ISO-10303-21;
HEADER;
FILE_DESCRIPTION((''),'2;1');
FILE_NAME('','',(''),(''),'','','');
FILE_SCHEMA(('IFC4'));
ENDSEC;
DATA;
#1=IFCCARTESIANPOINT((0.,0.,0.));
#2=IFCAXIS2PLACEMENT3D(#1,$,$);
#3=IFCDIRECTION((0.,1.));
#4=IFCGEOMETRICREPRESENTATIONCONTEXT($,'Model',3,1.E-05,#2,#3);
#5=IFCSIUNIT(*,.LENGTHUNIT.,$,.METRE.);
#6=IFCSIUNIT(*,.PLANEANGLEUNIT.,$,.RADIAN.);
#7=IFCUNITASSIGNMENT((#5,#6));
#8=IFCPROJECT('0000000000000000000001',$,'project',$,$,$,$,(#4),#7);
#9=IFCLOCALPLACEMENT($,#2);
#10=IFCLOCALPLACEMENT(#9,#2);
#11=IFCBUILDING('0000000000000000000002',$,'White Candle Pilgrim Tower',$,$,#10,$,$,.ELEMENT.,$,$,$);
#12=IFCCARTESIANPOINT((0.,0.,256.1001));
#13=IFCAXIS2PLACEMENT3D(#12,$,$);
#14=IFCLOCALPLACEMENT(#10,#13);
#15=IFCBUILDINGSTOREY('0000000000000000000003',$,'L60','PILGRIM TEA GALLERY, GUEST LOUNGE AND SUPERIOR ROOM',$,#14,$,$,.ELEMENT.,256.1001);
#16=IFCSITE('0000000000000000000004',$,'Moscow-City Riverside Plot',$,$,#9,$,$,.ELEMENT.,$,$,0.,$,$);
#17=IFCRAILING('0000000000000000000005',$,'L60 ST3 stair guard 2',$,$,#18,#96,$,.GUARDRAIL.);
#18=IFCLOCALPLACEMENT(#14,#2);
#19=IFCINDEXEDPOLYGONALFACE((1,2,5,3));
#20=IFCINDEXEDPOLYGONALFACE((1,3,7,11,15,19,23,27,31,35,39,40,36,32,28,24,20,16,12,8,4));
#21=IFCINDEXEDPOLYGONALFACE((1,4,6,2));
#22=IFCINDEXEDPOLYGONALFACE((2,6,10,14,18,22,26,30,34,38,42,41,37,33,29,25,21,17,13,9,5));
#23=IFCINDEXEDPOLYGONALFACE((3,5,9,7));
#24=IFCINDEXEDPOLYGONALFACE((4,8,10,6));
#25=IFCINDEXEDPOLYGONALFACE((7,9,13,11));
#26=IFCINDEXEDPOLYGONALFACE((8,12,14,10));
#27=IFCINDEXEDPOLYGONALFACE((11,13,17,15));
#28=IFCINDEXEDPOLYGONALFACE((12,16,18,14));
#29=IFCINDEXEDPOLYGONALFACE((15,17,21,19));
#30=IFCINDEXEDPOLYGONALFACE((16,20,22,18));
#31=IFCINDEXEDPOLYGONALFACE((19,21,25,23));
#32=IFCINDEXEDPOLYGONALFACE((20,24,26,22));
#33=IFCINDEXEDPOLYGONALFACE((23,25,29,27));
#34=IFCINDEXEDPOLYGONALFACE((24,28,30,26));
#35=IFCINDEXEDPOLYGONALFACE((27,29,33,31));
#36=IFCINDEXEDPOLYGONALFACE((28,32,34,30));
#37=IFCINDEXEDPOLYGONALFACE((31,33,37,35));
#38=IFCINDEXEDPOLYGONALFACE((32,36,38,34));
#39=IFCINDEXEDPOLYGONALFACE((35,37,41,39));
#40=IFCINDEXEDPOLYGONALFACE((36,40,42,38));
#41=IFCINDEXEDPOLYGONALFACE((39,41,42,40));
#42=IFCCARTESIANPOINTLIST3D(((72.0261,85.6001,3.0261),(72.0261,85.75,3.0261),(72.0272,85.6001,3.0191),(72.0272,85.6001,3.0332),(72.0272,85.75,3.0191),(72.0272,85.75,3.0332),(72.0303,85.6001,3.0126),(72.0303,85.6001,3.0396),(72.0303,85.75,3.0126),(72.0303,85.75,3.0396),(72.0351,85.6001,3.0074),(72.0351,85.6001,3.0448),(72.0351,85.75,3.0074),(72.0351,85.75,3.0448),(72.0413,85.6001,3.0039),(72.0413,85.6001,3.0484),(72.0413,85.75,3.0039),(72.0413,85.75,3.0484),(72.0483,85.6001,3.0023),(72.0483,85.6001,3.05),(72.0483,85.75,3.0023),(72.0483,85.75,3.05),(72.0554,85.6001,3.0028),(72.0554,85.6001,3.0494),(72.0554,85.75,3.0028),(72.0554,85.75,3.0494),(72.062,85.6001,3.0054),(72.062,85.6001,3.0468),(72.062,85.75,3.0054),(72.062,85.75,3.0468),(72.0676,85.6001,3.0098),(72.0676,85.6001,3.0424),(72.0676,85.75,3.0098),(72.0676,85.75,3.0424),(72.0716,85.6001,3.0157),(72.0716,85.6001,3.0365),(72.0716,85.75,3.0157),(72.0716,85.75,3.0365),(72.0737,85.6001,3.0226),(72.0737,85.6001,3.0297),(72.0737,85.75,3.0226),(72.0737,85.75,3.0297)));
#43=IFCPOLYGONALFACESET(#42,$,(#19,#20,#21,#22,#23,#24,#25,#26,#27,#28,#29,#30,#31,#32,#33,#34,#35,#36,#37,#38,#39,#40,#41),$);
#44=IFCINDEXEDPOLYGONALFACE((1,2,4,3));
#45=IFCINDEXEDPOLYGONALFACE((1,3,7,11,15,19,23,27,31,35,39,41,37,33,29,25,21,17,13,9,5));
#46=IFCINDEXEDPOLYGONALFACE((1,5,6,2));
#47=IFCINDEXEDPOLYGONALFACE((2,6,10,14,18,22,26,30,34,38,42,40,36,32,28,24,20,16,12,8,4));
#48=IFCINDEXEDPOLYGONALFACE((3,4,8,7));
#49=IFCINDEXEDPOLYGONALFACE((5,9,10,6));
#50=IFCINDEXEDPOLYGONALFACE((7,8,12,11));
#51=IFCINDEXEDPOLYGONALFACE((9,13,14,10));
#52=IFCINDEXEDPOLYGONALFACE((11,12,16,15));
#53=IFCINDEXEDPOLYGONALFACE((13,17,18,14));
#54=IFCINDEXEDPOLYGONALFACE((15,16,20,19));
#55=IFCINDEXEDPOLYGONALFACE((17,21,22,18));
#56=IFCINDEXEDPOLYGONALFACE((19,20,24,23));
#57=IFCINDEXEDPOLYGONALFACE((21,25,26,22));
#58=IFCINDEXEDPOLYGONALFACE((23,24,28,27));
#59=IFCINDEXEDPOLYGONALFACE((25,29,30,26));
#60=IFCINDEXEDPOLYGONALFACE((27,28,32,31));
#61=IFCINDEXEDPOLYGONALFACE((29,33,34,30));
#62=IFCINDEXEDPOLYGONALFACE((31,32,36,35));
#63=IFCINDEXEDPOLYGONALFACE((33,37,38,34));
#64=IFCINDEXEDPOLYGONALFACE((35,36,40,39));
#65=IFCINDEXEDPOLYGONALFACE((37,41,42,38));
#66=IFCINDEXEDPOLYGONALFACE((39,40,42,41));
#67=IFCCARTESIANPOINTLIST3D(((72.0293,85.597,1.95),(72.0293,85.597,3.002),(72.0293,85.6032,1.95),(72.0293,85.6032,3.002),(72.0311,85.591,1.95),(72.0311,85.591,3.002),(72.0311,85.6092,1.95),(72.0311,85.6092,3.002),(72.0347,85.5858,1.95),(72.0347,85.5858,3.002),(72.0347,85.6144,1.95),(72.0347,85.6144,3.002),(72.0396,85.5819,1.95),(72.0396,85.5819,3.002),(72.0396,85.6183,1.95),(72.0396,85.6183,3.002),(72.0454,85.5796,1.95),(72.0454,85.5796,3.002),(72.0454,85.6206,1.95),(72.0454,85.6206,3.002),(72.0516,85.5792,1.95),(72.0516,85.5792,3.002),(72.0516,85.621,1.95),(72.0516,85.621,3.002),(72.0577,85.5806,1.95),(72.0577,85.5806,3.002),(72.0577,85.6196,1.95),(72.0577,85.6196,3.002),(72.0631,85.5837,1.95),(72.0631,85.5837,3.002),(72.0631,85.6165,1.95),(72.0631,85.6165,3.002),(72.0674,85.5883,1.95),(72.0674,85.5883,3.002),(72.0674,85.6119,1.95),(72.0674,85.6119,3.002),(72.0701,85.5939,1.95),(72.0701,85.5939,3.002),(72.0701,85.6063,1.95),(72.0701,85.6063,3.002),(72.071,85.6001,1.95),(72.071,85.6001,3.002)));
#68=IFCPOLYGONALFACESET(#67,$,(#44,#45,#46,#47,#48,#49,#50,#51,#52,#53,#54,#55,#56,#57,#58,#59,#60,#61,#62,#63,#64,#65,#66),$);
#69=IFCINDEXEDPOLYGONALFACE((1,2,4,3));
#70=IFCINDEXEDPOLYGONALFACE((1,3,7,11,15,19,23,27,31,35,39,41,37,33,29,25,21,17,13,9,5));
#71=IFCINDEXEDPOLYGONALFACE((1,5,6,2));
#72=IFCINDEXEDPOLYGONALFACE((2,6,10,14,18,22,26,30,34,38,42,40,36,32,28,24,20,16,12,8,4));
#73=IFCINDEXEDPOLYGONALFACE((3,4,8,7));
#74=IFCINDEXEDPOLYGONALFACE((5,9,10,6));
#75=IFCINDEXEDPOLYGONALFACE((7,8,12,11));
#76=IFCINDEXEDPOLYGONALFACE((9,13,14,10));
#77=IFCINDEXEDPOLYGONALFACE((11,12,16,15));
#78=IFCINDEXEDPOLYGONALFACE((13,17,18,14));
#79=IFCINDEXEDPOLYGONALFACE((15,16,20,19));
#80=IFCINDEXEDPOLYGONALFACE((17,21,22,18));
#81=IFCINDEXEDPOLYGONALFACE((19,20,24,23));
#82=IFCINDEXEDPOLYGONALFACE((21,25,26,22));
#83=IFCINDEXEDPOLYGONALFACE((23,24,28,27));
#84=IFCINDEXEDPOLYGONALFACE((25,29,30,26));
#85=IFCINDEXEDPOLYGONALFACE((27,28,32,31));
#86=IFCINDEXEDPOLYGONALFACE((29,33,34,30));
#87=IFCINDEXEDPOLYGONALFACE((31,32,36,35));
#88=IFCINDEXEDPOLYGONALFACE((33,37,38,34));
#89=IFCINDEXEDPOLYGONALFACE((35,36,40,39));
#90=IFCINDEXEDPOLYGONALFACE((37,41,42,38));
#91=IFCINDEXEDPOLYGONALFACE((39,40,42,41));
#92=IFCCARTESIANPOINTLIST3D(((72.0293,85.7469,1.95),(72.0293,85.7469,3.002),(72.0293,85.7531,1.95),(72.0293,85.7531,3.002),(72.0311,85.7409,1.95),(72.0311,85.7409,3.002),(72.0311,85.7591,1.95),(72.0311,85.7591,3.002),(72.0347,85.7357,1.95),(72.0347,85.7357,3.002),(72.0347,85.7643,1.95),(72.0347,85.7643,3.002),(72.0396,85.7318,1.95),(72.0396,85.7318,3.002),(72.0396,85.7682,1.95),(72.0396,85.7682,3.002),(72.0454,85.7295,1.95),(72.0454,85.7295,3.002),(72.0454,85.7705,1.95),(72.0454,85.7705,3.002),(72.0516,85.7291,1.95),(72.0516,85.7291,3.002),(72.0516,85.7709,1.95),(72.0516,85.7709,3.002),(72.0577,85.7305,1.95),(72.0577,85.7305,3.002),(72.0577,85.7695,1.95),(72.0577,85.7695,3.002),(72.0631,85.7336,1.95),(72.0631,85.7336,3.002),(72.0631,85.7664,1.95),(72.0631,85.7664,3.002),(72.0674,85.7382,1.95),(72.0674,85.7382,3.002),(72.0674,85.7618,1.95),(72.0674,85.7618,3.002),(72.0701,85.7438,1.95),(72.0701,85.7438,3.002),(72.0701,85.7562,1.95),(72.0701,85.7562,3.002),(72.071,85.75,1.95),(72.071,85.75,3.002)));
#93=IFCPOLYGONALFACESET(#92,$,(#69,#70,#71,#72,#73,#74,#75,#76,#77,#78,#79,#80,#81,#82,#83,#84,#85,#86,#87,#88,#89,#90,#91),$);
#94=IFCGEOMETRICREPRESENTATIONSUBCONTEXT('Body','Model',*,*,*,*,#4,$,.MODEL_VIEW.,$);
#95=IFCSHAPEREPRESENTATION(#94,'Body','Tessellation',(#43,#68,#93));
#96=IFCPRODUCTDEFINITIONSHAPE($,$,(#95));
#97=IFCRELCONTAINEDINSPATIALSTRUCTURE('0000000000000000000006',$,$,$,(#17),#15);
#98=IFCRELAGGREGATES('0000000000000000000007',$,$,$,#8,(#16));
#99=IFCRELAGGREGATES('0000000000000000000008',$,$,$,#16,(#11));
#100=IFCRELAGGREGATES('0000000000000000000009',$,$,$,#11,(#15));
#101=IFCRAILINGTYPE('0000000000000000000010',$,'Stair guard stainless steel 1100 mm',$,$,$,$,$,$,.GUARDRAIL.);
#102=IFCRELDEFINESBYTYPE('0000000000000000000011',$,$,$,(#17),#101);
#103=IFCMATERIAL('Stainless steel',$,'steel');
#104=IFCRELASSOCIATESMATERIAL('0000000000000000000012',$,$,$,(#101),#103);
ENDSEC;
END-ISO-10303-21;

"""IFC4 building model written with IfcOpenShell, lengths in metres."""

from ifc_helpers import new_model, si_unit, direction, frame, origin, origin_2d, place, context, subcontext, project, spatial, circle, extrude, material, type_object, element, save


model = new_model("IFC4")

# Units and contexts
model_context = context("Model", 3, precision=1e-05, world=origin(), true_north=direction((0.0, 1.0)))
body_context = subcontext(model_context, "Body", "Model", "MODEL_VIEW")
ifc_project = project(units=[si_unit("LENGTHUNIT", "METRE"), si_unit("PLANEANGLEUNIT", "RADIAN")], contexts=[model_context])

# Site, building, storey
site_placement = place(None, origin())
site = spatial("IfcSite", under=ifc_project, at=site_placement, Name="Moscow-City Riverside Plot", CompositionType="ELEMENT", RefElevation=0.0)
building_placement = place(site_placement, origin())
building = spatial("IfcBuilding", under=site, at=building_placement, Name="White Candle Pilgrim Tower", CompositionType="ELEMENT")
storey_placement = place(building_placement, frame((0.0, 0.0, 256.1001)))
storey = spatial("IfcBuildingStorey", under=building, at=storey_placement, Name="L60", Description="PILGRIM TEA GALLERY, GUEST LOUNGE AND SUPERIOR ROOM", CompositionType="ELEMENT", Elevation=256.1001)

# Railing
ifc_material_1 = material(Name="Stainless steel", Category="steel")
railing_type_1 = type_object("IfcRailingType", Name="Stair guard stainless steel 1100 mm", PredefinedType="GUARDRAIL", material=ifc_material_1)
railing_1_placement = place(storey_placement, frame((72.05, 85.6001, 1.95)))
element("IfcRailing", 1, at=railing_1_placement, inside=storey, type_object=railing_type_1, Name="L60 ST3 stair guard 2", PredefinedType="GUARDRAIL", context=body_context, shape_type="SweptSolid", body=[
    extrude(circle(Radius=0.0239, at=origin_2d()), frame((0.0, 0.0, 1.0762), z_axis=(0.0, 1.0, 0.0), x_axis=(-1.0, 0.0, 0.0)), (0.0, 0.0, 1.0), 0.1499),
    extrude(circle(Radius=0.021, at=origin_2d()), origin(), (0.0, 0.0, 1.0), 1.052),
    extrude(circle(Radius=0.021, at=origin_2d()), frame((0.0, 0.1499, 0.0)), (0.0, 0.0, 1.0), 1.052),
])

save(model, "model.ifc")
